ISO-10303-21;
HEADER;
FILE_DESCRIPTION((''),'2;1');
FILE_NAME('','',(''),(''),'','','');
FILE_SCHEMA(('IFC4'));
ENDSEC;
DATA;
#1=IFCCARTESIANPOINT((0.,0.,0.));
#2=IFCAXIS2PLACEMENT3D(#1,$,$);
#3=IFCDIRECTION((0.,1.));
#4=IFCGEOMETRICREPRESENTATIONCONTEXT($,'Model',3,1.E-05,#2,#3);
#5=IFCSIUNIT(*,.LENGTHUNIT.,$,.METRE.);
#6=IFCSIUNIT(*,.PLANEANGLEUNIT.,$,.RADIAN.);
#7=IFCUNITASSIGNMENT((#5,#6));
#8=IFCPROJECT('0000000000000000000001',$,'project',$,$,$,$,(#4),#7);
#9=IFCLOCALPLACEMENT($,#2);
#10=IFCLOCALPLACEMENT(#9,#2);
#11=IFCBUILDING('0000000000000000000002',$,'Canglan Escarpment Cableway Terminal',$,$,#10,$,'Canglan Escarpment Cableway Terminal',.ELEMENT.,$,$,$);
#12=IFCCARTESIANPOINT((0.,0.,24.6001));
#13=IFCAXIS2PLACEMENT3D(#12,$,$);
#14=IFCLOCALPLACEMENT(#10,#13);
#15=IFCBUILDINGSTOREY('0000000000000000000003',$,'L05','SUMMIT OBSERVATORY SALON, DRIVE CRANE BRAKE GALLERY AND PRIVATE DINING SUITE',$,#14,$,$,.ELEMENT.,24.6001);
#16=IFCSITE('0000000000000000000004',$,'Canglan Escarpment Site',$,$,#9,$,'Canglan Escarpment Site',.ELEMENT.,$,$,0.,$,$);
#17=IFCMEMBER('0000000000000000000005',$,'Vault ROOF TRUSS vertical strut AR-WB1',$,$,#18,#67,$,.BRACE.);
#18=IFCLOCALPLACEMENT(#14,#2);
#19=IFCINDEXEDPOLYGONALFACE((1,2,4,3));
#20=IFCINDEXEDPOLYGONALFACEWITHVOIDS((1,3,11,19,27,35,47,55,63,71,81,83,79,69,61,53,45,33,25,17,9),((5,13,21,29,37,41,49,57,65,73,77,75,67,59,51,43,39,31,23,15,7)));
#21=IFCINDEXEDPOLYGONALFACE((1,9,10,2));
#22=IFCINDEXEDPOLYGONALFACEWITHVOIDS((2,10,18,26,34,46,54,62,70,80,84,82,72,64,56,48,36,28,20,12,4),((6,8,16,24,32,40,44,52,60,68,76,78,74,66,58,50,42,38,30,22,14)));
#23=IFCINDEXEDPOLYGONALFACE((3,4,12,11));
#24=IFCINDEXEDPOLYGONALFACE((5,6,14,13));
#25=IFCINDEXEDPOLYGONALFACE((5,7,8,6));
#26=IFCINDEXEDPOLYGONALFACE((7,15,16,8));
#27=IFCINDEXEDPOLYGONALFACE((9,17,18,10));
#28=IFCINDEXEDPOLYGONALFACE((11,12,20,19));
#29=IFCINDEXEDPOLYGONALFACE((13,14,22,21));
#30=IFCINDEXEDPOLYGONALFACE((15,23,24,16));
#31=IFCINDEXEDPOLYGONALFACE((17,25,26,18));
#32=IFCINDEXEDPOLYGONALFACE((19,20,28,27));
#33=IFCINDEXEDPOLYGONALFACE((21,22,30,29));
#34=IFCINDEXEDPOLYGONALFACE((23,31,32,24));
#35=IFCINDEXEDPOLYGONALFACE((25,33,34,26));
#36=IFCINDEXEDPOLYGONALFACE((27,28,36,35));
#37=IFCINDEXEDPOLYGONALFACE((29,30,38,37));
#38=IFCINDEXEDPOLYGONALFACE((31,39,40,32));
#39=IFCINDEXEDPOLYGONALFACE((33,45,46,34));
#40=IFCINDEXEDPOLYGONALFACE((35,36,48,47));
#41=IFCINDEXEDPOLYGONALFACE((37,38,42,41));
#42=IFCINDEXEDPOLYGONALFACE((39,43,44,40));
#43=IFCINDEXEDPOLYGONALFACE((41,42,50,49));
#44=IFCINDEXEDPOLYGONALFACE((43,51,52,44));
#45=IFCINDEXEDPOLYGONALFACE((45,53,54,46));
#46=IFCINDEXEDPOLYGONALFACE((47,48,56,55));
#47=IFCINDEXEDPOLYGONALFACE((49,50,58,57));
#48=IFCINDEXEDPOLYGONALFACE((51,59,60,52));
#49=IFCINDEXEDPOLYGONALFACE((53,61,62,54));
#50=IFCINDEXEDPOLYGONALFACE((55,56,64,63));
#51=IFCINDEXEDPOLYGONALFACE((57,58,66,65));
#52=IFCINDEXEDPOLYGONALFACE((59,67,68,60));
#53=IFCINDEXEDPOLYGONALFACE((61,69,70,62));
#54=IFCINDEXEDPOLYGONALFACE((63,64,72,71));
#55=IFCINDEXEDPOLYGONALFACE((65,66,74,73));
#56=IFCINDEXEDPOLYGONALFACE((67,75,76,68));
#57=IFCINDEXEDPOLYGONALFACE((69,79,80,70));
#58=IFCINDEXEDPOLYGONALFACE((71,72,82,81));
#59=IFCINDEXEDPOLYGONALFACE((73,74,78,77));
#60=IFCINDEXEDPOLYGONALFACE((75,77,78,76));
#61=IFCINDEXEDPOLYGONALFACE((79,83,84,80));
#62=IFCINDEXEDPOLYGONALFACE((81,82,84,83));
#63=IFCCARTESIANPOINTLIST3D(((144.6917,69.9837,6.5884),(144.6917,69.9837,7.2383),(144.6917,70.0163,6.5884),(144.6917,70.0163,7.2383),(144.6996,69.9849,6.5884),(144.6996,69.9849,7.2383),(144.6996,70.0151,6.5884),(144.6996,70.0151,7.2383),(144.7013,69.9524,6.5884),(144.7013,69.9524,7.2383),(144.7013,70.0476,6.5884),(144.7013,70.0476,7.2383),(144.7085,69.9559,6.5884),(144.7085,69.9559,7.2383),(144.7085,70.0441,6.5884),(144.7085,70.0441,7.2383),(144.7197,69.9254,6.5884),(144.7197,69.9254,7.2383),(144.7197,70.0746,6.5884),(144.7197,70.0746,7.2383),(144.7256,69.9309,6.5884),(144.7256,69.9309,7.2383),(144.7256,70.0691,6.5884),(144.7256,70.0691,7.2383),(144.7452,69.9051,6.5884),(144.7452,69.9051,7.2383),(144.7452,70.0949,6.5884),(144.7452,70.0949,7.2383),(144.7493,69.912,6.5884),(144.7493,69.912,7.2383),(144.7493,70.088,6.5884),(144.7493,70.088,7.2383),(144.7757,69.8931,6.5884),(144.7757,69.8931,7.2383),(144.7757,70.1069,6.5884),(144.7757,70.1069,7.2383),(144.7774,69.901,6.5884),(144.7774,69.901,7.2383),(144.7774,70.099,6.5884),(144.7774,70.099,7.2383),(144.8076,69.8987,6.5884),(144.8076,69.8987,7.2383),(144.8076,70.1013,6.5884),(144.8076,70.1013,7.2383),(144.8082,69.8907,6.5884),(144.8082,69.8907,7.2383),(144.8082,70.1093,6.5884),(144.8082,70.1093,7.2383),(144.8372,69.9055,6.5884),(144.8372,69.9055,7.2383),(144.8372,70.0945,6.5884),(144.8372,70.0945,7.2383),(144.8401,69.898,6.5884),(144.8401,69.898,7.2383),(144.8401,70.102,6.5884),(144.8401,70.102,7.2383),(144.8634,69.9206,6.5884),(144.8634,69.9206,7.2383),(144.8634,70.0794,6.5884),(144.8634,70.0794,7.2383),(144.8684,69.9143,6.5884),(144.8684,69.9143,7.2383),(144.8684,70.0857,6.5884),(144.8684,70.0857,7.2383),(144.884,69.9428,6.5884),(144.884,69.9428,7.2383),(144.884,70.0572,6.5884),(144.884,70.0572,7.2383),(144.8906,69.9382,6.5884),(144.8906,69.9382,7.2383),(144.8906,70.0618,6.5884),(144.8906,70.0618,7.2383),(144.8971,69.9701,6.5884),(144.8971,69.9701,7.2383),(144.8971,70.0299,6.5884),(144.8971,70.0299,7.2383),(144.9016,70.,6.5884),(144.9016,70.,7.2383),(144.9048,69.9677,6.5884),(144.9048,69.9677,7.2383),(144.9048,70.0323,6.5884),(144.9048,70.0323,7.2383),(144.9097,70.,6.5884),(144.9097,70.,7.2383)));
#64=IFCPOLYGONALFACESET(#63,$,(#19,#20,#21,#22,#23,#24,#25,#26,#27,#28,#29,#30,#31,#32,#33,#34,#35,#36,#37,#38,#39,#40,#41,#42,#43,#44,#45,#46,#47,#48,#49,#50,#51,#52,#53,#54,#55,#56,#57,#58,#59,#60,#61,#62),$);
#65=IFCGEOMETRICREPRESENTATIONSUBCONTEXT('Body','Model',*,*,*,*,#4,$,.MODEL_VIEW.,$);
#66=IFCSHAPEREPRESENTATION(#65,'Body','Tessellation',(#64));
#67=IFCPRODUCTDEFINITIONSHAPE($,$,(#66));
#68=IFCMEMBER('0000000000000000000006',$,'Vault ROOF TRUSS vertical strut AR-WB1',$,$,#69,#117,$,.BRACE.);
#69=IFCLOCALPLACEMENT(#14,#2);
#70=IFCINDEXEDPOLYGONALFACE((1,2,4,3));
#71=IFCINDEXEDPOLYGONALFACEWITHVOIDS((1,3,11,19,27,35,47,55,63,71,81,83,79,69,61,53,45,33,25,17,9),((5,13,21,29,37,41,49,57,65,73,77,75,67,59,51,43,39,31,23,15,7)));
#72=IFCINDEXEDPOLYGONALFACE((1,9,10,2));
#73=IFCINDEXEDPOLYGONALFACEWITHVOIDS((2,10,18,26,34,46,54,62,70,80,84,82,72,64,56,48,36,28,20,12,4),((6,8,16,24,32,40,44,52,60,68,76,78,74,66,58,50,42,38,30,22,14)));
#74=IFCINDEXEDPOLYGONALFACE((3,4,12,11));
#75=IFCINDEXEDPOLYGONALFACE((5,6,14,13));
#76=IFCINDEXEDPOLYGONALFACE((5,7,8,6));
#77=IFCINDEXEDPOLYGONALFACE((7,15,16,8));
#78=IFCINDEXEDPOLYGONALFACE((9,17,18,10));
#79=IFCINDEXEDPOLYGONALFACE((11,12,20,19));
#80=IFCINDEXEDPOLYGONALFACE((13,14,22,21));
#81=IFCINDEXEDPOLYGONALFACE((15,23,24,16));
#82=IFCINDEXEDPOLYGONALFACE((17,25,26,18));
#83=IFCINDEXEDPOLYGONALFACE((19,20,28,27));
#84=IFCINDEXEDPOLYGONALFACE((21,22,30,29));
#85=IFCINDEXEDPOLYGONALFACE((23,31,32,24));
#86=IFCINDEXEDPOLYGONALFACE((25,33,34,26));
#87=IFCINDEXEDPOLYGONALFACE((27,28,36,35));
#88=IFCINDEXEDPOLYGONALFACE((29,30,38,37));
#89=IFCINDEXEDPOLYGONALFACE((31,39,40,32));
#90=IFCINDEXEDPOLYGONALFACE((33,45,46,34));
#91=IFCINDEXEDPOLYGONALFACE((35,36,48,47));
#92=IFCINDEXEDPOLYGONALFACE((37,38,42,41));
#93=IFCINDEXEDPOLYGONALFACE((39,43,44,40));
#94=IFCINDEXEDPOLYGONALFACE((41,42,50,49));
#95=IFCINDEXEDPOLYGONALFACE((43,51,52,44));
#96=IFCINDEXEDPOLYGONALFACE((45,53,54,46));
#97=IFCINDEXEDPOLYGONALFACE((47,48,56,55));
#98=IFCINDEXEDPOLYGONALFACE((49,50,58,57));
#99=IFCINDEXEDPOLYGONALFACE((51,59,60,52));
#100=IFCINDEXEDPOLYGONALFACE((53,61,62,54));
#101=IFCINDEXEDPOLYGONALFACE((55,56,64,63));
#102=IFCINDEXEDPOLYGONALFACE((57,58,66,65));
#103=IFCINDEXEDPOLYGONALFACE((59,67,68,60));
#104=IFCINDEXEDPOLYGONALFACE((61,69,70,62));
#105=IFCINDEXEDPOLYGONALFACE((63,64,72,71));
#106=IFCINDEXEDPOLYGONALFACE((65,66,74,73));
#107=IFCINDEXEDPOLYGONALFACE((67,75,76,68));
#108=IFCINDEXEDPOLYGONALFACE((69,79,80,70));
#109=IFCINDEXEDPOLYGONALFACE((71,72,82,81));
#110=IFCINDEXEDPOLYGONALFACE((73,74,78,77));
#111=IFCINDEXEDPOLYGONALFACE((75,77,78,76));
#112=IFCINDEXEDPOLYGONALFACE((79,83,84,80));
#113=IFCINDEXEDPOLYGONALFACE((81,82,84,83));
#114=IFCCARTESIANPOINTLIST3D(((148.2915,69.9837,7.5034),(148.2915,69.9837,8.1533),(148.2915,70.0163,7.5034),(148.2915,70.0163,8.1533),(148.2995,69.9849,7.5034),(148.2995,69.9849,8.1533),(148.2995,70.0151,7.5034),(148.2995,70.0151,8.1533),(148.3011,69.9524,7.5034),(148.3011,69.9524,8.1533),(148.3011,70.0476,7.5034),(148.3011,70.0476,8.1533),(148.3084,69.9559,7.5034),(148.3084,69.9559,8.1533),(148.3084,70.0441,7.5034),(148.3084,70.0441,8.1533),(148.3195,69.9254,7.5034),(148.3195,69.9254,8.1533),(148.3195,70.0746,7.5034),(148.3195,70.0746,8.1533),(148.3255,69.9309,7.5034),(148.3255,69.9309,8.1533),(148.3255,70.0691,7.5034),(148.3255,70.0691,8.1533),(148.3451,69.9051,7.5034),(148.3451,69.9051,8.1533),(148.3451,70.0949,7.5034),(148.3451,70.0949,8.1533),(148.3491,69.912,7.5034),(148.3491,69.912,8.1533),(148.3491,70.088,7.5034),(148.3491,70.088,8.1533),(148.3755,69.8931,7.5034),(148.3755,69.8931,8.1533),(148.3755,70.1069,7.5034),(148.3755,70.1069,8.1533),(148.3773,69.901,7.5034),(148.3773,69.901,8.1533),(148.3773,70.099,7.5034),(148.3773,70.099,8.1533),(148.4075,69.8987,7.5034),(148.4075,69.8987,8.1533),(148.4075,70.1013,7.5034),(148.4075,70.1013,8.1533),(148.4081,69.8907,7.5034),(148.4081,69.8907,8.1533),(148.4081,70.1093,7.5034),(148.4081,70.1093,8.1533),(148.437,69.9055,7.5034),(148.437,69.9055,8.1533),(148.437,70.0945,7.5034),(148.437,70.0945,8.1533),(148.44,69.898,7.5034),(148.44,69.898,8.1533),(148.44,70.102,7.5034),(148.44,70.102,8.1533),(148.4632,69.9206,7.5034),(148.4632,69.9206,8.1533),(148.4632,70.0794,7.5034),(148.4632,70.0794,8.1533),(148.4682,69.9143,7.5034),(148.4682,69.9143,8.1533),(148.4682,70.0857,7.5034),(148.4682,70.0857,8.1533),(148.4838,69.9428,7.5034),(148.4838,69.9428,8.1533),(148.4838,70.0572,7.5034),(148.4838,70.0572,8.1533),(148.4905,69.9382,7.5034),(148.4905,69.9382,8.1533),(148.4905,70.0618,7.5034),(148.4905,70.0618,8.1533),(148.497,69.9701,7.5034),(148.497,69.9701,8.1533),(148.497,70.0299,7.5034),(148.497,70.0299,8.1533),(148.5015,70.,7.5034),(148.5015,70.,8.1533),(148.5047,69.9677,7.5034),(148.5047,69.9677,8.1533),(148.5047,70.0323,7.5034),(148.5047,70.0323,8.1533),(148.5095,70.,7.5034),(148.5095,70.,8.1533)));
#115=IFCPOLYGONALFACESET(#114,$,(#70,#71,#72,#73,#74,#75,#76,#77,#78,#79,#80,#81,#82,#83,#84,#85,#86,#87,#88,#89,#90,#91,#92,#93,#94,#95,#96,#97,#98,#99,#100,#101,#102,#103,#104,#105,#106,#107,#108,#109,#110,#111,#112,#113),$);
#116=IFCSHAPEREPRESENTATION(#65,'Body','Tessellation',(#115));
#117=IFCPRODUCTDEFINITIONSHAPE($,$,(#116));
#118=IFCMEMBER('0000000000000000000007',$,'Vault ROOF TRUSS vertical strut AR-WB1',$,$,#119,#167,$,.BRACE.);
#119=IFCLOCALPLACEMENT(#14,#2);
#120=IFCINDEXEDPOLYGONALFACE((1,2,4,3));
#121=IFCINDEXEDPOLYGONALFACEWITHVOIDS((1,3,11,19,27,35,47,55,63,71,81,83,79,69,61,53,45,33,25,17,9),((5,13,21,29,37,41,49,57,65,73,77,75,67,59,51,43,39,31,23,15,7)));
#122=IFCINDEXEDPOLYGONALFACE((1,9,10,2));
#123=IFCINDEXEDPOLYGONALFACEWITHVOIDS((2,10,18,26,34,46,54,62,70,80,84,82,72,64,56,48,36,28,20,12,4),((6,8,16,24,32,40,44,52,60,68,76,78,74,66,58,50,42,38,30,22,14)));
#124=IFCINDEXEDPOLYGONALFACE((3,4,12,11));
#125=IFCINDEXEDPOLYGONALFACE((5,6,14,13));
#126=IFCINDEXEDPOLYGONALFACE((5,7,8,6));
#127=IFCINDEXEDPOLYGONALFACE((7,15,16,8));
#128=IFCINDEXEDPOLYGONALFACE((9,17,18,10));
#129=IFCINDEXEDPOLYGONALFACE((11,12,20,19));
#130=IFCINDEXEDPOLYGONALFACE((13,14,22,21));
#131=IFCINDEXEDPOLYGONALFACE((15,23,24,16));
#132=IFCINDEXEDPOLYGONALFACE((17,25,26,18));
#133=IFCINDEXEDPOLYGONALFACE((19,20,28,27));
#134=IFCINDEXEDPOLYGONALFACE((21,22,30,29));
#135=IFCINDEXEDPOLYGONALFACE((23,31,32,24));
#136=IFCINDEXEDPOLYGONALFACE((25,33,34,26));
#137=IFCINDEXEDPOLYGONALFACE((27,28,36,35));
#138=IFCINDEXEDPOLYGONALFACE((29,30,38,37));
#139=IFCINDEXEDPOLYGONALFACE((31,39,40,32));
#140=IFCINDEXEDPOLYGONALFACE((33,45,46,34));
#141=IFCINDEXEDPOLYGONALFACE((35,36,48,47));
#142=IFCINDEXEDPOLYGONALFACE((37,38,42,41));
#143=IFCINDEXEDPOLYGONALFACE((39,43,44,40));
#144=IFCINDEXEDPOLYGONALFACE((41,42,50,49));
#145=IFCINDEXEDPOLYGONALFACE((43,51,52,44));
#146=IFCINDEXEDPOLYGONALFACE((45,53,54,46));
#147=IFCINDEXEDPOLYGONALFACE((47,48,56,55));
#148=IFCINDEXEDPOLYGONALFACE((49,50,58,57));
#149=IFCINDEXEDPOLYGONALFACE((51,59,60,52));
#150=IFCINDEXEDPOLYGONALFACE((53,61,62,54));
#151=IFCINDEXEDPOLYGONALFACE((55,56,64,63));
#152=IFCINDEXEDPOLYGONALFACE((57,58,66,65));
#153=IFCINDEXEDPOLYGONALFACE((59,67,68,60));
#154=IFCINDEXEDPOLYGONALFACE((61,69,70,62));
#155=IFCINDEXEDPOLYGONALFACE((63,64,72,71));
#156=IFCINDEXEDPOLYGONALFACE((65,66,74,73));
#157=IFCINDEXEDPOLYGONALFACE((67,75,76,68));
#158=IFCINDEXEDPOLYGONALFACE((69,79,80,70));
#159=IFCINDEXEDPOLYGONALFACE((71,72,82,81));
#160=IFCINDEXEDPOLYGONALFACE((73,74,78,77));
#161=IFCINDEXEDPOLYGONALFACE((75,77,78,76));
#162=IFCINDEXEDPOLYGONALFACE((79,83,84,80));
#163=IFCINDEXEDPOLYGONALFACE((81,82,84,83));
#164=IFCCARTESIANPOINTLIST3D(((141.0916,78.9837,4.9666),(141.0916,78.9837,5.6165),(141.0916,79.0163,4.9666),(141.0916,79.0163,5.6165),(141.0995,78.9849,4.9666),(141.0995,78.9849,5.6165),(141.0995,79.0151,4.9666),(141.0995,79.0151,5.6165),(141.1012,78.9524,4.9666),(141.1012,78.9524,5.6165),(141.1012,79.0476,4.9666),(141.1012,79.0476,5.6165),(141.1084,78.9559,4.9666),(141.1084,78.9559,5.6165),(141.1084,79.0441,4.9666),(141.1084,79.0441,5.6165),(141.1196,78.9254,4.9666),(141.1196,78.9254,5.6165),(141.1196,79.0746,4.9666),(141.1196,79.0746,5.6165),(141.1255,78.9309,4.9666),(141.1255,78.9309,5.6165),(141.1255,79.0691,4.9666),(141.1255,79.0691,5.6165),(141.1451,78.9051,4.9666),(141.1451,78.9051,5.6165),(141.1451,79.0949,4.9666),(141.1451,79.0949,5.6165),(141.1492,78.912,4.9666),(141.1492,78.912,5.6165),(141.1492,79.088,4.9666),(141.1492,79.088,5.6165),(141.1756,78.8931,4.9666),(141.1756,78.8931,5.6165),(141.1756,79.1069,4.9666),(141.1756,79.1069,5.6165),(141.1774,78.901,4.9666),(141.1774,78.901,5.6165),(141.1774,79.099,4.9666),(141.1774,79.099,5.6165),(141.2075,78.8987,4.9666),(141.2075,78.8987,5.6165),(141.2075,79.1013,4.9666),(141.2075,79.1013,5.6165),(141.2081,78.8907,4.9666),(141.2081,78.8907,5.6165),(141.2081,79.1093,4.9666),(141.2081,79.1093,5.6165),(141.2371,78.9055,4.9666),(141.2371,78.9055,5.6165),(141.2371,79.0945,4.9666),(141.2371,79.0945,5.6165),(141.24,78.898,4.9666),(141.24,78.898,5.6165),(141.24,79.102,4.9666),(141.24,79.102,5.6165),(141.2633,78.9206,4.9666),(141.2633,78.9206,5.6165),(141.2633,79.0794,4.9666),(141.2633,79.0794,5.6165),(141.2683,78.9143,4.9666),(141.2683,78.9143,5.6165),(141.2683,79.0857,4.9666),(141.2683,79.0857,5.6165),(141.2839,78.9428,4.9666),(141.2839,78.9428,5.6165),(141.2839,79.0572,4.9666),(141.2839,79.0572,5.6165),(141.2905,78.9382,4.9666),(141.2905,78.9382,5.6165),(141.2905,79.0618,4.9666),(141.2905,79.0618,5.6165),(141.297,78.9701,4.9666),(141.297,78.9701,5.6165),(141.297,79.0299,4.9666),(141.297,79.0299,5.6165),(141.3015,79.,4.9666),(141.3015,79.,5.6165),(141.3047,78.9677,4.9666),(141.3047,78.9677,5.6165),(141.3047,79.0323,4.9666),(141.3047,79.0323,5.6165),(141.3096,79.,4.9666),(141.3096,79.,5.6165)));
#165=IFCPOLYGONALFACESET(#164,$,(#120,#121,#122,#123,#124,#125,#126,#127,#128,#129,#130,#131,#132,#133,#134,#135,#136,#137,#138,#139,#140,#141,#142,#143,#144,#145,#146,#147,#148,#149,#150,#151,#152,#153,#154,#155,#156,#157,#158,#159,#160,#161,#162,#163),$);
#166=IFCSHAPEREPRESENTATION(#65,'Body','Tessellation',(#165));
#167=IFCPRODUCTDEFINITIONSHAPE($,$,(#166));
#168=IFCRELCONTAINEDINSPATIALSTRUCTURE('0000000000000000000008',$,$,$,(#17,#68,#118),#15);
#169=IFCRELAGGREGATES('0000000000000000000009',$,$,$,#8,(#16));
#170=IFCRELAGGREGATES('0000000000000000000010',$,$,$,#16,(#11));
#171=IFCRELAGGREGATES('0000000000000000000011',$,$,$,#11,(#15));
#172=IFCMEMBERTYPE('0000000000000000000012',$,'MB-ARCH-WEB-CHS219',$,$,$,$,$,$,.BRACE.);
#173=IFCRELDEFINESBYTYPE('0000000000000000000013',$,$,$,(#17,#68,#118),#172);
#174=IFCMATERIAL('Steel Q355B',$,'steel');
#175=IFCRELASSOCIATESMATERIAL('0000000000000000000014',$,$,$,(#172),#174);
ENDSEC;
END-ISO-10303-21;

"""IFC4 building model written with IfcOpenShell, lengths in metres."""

from ifc_helpers import new_model, si_unit, direction, frame, origin, origin_2d, place, context, subcontext, project, spatial, hollow_circle, extrude, material, material_profile, profile_set, type_object, element, save


model = new_model("IFC4")

# Units and contexts
model_context = context("Model", 3, precision=1e-05, world=origin(), true_north=direction((0.0, 1.0)))
body_context = subcontext(model_context, "Body", "Model", "MODEL_VIEW")
ifc_project = project(units=[si_unit("LENGTHUNIT", "METRE"), si_unit("PLANEANGLEUNIT", "RADIAN")], contexts=[model_context])

# Site, building, storey
site_placement = place(None, origin())
site = spatial("IfcSite", under=ifc_project, at=site_placement, Name="Canglan Escarpment Site", LongName="Canglan Escarpment Site", CompositionType="ELEMENT", RefElevation=0.0)
building_placement = place(site_placement, origin())
building = spatial("IfcBuilding", under=site, at=building_placement, Name="Canglan Escarpment Cableway Terminal", LongName="Canglan Escarpment Cableway Terminal", CompositionType="ELEMENT")
storey_placement = place(building_placement, frame((0.0, 0.0, 24.6001)))
storey = spatial("IfcBuildingStorey", under=building, at=storey_placement, Name="L05", Description="SUMMIT OBSERVATORY SALON, DRIVE CRANE BRAKE GALLERY AND PRIVATE DINING SUITE", CompositionType="ELEMENT", Elevation=24.6001)

# Shared definitions
ifc_material_1 = material(Name="Steel Q355B", Category="steel")

# Members
ifc_material_profile_1 = material_profile(ifc_material_1, hollow_circle(Radius=0.1096, WallThickness=0.0081, at=origin_2d()), Name="CHS 219.1x8")
ifc_profile_set_1 = profile_set([ifc_material_profile_1], Name="Steel Q355B")
member_type_1 = type_object("IfcMemberType", Name="MB-ARCH-WEB-CHS219", PredefinedType="BRACE", material=ifc_profile_set_1)
for number, where, z_axis, x_axis, name in (
    (1, (144.8, 70.0, 6.5884), (0.0, 0.0, 1.0), (1.0, 0.0, 0.0), "Vault ROOF TRUSS vertical strut AR-WB1"),
    (2, (148.3999, 70.0, 7.5034), (0.0, 0.0, 1.0), (1.0, 0.0, 0.0), "Vault ROOF TRUSS vertical strut AR-WB1"),
    (3, (141.2, 79.0, 4.9666), (0.0, 0.0, 1.0), (1.0, 0.0, 0.0), "Vault ROOF TRUSS vertical strut AR-WB1"),
):
    element("IfcMember", number, at=place(storey_placement, frame(where, z_axis=z_axis, x_axis=x_axis)), inside=storey, type_object=member_type_1, Name=name, PredefinedType="BRACE", context=body_context, shape_type="SweptSolid", body=[
        extrude(hollow_circle(Radius=0.1096, WallThickness=0.0081, at=origin_2d()), origin(), (0.0, 0.0, 1.0), 0.6499),
    ])

save(model, "model.ifc")
